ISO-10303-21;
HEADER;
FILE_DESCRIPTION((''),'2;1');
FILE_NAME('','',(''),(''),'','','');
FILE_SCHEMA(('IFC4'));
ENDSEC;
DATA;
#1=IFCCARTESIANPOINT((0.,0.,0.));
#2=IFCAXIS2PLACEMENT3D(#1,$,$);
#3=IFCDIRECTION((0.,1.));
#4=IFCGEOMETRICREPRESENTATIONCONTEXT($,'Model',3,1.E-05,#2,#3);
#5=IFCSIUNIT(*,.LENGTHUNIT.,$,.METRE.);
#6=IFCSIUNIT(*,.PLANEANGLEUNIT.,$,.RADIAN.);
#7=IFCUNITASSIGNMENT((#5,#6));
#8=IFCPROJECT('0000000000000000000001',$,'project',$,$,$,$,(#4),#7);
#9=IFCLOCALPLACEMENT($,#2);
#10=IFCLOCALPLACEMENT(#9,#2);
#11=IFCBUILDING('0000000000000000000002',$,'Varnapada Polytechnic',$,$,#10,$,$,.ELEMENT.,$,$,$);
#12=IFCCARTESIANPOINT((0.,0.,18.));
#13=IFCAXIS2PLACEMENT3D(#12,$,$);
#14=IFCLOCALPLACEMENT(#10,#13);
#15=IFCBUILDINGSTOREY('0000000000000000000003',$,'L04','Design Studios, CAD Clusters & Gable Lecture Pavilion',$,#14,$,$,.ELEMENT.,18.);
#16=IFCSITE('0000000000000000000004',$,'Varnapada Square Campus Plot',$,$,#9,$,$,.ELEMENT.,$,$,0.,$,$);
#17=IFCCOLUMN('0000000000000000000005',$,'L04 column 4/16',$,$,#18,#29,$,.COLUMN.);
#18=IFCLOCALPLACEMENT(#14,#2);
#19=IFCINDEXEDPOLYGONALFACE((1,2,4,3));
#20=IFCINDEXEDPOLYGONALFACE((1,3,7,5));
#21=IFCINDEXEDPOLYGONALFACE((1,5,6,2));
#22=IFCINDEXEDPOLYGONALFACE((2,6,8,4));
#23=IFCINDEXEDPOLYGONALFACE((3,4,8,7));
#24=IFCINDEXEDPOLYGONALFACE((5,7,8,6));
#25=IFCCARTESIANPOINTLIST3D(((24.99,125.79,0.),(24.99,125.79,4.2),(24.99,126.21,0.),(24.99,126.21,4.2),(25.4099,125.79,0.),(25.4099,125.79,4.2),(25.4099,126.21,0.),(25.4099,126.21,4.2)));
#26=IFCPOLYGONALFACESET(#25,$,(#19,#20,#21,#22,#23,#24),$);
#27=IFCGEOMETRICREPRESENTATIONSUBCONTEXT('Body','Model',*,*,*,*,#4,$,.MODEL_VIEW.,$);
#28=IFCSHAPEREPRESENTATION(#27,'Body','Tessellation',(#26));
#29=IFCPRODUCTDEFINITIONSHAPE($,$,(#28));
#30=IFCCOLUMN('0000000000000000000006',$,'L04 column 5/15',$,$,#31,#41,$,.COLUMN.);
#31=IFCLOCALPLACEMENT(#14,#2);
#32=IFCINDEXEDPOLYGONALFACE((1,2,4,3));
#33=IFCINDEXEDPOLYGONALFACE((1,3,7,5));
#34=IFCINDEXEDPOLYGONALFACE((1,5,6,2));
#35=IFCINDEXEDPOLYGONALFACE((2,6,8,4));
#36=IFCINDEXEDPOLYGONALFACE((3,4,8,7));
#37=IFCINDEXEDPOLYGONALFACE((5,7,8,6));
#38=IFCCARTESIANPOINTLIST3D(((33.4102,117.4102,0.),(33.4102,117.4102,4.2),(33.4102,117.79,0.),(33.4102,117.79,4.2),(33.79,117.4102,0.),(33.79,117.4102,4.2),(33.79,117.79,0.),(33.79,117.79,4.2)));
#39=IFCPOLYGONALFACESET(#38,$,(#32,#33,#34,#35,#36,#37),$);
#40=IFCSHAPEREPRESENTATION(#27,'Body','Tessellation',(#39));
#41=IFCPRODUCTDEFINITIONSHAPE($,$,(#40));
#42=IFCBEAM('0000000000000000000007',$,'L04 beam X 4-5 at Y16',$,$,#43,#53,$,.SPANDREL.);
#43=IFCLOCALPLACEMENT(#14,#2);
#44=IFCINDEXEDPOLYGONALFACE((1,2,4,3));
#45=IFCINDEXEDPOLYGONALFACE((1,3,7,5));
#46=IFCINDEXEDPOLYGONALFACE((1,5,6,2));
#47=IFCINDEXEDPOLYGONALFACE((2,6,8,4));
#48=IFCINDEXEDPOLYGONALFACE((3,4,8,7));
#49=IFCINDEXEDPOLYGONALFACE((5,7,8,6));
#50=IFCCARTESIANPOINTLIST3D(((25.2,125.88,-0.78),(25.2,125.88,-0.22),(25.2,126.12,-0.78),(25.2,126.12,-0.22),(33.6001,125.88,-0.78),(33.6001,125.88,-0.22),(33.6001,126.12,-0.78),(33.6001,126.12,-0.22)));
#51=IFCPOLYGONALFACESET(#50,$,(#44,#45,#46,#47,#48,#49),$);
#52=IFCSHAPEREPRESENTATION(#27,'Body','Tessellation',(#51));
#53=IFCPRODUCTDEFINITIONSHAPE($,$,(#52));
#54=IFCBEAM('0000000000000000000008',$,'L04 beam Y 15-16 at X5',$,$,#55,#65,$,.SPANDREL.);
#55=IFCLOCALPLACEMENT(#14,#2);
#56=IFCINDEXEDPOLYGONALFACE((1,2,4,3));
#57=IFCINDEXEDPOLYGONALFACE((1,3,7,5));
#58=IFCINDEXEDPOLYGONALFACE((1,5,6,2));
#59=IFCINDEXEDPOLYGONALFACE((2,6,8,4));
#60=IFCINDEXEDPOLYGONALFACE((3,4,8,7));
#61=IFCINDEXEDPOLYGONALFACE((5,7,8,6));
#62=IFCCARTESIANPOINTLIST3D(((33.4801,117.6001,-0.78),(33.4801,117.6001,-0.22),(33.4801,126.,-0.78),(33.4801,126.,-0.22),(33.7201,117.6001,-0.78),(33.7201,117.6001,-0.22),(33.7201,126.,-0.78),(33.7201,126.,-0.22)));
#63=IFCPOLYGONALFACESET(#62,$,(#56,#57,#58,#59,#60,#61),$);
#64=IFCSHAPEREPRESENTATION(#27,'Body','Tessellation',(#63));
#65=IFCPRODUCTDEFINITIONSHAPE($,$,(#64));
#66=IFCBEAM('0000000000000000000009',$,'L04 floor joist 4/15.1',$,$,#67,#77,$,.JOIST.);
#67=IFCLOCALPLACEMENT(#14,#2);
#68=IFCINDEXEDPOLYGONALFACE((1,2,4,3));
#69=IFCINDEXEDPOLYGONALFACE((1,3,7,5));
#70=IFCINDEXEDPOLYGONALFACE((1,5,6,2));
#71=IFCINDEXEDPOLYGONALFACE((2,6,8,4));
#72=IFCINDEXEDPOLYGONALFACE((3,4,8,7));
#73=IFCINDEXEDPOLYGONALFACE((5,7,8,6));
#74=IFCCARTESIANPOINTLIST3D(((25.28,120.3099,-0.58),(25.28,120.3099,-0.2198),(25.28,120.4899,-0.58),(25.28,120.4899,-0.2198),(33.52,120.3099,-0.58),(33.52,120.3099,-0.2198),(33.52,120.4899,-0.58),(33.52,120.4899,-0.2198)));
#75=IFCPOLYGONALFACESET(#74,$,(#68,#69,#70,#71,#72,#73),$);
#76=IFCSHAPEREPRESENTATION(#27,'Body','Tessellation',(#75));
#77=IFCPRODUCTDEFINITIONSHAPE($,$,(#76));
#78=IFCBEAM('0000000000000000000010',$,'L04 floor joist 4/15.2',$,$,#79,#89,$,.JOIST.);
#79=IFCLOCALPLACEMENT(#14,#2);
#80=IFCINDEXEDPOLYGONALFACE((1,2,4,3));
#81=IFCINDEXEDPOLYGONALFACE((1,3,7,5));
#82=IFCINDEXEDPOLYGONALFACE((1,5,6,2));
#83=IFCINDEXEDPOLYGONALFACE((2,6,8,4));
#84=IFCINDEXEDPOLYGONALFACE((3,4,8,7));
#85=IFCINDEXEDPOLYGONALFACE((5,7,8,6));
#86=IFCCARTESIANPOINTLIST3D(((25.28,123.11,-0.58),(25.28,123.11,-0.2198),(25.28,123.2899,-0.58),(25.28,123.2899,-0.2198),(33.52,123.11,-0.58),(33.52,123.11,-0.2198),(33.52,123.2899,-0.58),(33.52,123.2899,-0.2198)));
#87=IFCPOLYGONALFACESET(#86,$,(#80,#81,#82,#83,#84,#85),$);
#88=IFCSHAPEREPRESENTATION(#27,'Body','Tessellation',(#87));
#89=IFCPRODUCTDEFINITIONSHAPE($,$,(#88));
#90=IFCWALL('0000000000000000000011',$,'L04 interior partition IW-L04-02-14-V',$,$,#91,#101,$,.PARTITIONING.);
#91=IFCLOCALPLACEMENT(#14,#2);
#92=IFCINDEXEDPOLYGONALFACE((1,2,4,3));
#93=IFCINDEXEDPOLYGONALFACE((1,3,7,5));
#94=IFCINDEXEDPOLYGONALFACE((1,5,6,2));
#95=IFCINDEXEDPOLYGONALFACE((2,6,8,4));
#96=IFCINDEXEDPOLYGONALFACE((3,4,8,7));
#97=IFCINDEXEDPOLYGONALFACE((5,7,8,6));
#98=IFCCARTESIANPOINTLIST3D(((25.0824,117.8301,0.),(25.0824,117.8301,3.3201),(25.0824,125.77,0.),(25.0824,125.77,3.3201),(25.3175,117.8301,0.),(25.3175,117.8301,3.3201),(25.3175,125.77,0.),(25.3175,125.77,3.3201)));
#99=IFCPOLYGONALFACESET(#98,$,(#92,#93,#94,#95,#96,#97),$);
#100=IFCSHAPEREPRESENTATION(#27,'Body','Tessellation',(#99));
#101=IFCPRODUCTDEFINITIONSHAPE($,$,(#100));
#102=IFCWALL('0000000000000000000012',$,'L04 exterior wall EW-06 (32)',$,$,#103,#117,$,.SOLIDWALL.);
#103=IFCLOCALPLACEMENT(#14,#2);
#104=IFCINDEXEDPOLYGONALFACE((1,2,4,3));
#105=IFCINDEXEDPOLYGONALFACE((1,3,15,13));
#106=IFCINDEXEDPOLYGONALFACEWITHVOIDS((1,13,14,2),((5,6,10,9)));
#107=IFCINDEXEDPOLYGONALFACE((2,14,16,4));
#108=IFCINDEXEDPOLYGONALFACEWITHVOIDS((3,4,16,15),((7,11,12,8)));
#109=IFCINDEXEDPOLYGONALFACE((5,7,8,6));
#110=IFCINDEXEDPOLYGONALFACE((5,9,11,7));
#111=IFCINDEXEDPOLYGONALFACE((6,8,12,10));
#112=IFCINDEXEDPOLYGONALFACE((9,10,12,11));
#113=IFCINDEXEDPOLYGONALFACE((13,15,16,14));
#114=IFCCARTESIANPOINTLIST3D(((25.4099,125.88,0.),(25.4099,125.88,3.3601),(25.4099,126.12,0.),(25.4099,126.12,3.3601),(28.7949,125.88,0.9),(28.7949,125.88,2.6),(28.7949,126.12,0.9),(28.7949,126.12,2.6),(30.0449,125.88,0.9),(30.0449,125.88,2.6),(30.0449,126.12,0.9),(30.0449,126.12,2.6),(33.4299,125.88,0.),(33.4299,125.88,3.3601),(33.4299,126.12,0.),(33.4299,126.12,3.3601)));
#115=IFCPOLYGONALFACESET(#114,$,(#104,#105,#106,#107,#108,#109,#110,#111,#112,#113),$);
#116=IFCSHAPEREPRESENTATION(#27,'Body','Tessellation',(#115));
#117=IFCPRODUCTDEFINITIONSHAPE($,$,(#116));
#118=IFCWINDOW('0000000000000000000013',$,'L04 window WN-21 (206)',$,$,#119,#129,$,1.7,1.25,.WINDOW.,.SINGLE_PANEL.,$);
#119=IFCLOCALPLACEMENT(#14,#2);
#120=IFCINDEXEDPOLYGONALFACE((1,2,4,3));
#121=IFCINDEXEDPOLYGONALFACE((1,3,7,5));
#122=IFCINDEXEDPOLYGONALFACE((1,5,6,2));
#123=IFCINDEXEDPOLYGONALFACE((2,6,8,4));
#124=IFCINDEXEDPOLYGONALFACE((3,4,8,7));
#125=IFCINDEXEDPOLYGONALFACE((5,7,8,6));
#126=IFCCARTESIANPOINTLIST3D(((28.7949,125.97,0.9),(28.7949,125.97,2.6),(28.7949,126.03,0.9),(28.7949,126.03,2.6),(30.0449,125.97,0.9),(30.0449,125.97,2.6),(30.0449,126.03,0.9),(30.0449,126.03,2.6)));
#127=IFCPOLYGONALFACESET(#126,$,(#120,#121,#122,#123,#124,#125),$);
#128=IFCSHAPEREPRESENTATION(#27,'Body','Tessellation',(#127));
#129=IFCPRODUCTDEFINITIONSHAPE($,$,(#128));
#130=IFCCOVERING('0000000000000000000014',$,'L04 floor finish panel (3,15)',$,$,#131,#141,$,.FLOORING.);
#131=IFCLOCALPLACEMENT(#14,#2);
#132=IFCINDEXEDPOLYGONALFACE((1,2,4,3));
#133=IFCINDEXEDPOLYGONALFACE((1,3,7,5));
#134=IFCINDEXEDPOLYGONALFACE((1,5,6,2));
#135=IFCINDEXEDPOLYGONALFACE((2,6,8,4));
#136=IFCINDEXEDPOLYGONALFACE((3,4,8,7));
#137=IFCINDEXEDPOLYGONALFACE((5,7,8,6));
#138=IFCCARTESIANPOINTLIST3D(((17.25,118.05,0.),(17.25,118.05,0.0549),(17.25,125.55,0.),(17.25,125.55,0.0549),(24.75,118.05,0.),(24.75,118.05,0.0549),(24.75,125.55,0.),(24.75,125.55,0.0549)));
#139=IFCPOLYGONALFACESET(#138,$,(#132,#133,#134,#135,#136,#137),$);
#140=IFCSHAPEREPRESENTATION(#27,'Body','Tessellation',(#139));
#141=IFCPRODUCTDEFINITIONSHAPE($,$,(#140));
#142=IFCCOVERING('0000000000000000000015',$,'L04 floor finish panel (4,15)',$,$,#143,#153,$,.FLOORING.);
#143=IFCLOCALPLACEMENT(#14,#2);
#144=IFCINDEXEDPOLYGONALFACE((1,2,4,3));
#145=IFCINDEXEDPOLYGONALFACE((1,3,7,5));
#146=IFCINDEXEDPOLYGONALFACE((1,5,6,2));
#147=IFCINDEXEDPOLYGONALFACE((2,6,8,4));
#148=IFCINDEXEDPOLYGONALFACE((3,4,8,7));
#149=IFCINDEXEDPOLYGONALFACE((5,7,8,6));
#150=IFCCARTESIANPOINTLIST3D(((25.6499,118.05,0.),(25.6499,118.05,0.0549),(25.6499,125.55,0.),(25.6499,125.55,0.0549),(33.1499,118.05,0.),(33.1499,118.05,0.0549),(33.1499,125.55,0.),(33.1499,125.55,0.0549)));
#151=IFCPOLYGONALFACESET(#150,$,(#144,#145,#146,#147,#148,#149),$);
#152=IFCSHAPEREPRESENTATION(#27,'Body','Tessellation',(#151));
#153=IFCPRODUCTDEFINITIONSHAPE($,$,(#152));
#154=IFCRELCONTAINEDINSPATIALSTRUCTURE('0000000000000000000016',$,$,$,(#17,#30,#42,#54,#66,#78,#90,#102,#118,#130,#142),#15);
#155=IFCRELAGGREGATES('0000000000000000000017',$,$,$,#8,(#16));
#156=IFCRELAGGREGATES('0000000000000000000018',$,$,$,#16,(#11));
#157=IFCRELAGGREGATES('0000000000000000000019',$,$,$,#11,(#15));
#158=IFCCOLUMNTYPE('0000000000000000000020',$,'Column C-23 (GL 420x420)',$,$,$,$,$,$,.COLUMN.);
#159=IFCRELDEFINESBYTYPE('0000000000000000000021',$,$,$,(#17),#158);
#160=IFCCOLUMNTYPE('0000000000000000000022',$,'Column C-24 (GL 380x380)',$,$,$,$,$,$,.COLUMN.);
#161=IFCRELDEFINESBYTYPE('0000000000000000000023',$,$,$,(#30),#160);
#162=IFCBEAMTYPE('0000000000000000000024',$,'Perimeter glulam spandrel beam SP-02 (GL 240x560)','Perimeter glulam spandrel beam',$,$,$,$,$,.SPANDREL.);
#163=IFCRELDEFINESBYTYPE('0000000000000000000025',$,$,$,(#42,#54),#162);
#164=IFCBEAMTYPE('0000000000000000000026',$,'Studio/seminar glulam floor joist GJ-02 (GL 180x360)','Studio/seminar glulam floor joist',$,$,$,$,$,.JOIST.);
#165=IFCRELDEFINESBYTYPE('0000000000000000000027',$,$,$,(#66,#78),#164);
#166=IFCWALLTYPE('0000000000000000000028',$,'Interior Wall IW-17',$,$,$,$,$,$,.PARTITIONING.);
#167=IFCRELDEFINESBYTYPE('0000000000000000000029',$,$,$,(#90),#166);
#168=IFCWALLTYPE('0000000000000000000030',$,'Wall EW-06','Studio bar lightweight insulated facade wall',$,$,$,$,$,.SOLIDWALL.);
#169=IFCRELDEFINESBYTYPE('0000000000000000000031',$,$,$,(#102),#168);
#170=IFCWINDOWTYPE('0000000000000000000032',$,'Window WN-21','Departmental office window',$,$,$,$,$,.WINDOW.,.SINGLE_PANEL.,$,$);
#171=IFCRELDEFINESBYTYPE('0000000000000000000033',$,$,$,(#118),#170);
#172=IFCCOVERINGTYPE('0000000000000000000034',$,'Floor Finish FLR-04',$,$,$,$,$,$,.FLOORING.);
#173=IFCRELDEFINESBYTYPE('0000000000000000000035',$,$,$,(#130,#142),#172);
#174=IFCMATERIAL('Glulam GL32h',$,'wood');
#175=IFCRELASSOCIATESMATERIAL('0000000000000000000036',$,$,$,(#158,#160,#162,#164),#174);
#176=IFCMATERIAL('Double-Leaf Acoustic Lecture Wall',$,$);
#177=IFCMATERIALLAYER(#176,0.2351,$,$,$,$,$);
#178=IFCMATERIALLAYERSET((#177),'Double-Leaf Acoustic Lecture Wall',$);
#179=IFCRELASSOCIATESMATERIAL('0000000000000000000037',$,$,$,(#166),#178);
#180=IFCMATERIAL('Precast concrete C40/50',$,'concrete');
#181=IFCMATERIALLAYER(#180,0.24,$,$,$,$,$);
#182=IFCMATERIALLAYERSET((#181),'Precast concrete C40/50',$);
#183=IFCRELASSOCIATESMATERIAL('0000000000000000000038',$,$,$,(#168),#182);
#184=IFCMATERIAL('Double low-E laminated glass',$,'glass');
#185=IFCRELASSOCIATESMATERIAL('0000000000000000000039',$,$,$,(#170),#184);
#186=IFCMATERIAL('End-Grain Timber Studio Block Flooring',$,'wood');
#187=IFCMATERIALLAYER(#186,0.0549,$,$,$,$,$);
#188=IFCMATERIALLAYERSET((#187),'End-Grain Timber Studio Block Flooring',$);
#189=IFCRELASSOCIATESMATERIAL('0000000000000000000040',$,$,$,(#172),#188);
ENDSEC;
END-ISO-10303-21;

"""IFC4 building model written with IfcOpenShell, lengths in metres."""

from ifc_helpers import new_model, si_unit, direction, frame, frame_2d, origin, origin_2d, place, context, subcontext, project, spatial, rectangle, extrude, material, layer, layer_set, material_profile, profile_set, type_object, element, fill, save


model = new_model("IFC4")

# Units and contexts
model_context = context("Model", 3, precision=1e-05, world=origin(), true_north=direction((0.0, 1.0)))
body_context = subcontext(model_context, "Body", "Model", "MODEL_VIEW")
ifc_project = project(units=[si_unit("LENGTHUNIT", "METRE"), si_unit("PLANEANGLEUNIT", "RADIAN")], contexts=[model_context])

# Site, building, storey
site_placement = place(None, origin())
site = spatial("IfcSite", under=ifc_project, at=site_placement, Name="Varnapada Square Campus Plot", CompositionType="ELEMENT", RefElevation=0.0)
building_placement = place(site_placement, origin())
building = spatial("IfcBuilding", under=site, at=building_placement, Name="Varnapada Polytechnic", CompositionType="ELEMENT")
storey_placement = place(building_placement, frame((0.0, 0.0, 18.0)))
storey = spatial("IfcBuildingStorey", under=building, at=storey_placement, Name="L04", Description="Design Studios, CAD Clusters & Gable Lecture Pavilion", CompositionType="ELEMENT", Elevation=18.0)

# Columns
ifc_material_1 = material(Name="Glulam GL32h", Category="wood")
ifc_material_profile_1 = material_profile(ifc_material_1, rectangle(XDim=0.4199, YDim=0.4199, at=origin_2d()), Name="GL 420x420")
ifc_profile_set_1 = profile_set([ifc_material_profile_1], Name="Glulam GL32h")
column_type_1 = type_object("IfcColumnType", Name="Column C-23 (GL 420x420)", PredefinedType="COLUMN", material=ifc_profile_set_1)
column_1_placement = place(storey_placement, frame((25.2, 126.0, 0.0), z_axis=(0.0, 0.0, 1.0), x_axis=(1.0, 0.0, 0.0)))
element("IfcColumn", 1, at=column_1_placement, inside=storey, type_object=column_type_1, Name="L04 column 4/16", PredefinedType="COLUMN", context=body_context, shape_type="SweptSolid", body=[
    extrude(rectangle(XDim=0.4199, YDim=0.4199, at=origin_2d()), origin(), (0.0, 0.0, 1.0), 4.2),
])
ifc_material_profile_2 = material_profile(ifc_material_1, rectangle(XDim=0.3799, YDim=0.3799, at=origin_2d()), Name="GL 380x380")
ifc_profile_set_2 = profile_set([ifc_material_profile_2], Name="Glulam GL32h")
column_type_2 = type_object("IfcColumnType", Name="Column C-24 (GL 380x380)", PredefinedType="COLUMN", material=ifc_profile_set_2)
column_2_placement = place(storey_placement, frame((33.6001, 117.6001, 0.0), z_axis=(0.0, 0.0, 1.0), x_axis=(1.0, 0.0, 0.0)))
element("IfcColumn", 2, at=column_2_placement, inside=storey, type_object=column_type_2, Name="L04 column 5/15", PredefinedType="COLUMN", context=body_context, shape_type="SweptSolid", body=[
    extrude(rectangle(XDim=0.3799, YDim=0.3799, at=origin_2d()), origin(), (0.0, 0.0, 1.0), 4.2),
])

# Beams
ifc_material_profile_3 = material_profile(ifc_material_1, rectangle(XDim=0.24, YDim=0.5601, at=origin_2d()), Name="GL 240x560")
ifc_profile_set_3 = profile_set([ifc_material_profile_3], Name="Glulam GL32h")
beam_type_1 = type_object("IfcBeamType", Name="Perimeter glulam spandrel beam SP-02 (GL 240x560)", Description="Perimeter glulam spandrel beam", PredefinedType="SPANDREL", material=ifc_profile_set_3)
beam_1_placement = place(storey_placement, frame((25.2, 126.0, -0.5), z_axis=(1.0, 0.0, 0.0), x_axis=(0.0, 1.0, 0.0)))
element("IfcBeam", 3, at=beam_1_placement, inside=storey, type_object=beam_type_1, Name="L04 beam X 4-5 at Y16", PredefinedType="SPANDREL", context=body_context, shape_type="SweptSolid", body=[
    extrude(rectangle(XDim=0.24, YDim=0.5601, at=origin_2d()), origin(), (0.0, 0.0, 1.0), 8.4001),
])
beam_2_placement = place(storey_placement, frame((33.6001, 117.6001, -0.5), z_axis=(0.0, 1.0, 0.0), x_axis=(-1.0, 0.0, 0.0)))
element("IfcBeam", 4, at=beam_2_placement, inside=storey, type_object=beam_type_1, Name="L04 beam Y 15-16 at X5", PredefinedType="SPANDREL", context=body_context, shape_type="SweptSolid", body=[
    extrude(rectangle(XDim=0.24, YDim=0.5601, at=origin_2d()), origin(), (0.0, 0.0, 1.0), 8.3999),
])
ifc_material_profile_4 = material_profile(ifc_material_1, rectangle(XDim=0.1799, YDim=0.3601, at=origin_2d()), Name="GL 180x360")
ifc_profile_set_4 = profile_set([ifc_material_profile_4], Name="Glulam GL32h")
beam_type_2 = type_object("IfcBeamType", Name="Studio/seminar glulam floor joist GJ-02 (GL 180x360)", Description="Studio/seminar glulam floor joist", PredefinedType="JOIST", material=ifc_profile_set_4)
for number, where, z_axis, x_axis, name in (
    (5, (25.28, 120.3999, -0.3999), (1.0, 0.0, 0.0), (0.0, 1.0, 0.0), "L04 floor joist 4/15.1"),
    (6, (25.28, 123.2, -0.3999), (1.0, 0.0, 0.0), (0.0, 1.0, 0.0), "L04 floor joist 4/15.2"),
):
    element("IfcBeam", number, at=place(storey_placement, frame(where, z_axis=z_axis, x_axis=x_axis)), inside=storey, type_object=beam_type_2, Name=name, PredefinedType="JOIST", context=body_context, shape_type="SweptSolid", body=[
        extrude(rectangle(XDim=0.1799, YDim=0.3601, at=origin_2d()), origin(), (0.0, 0.0, 1.0), 8.24),
    ])

# Wall
ifc_material_2 = material(Name="Double-Leaf Acoustic Lecture Wall")
ifc_layer_1 = layer(ifc_material_2, 0.2351)
ifc_layer_set_1 = layer_set([ifc_layer_1], Name="Double-Leaf Acoustic Lecture Wall")
wall_type_1 = type_object("IfcWallType", Name="Interior Wall IW-17", PredefinedType="PARTITIONING", material=ifc_layer_set_1)
wall_1_placement = place(storey_placement, frame((25.2, 117.8301, 0.0), z_axis=(0.0, 0.0, 1.0), x_axis=(0.0, 1.0, 0.0)))
element("IfcWall", 7, at=wall_1_placement, inside=storey, type_object=wall_type_1, Name="L04 interior partition IW-L04-02-14-V", PredefinedType="PARTITIONING", context=body_context, shape_type="SweptSolid", body=[
    extrude(rectangle(XDim=7.9399, YDim=0.2351, at=frame_2d((3.97, 0.0))), origin(), (0.0, 0.0, 1.0), 3.3201),
])

# Wall, opening, window
ifc_material_3 = material(Name="Precast concrete C40/50", Category="concrete")
ifc_layer_2 = layer(ifc_material_3, 0.24)
ifc_layer_set_2 = layer_set([ifc_layer_2], Name="Precast concrete C40/50")
wall_type_2 = type_object("IfcWallType", Name="Wall EW-06", Description="Studio bar lightweight insulated facade wall", PredefinedType="SOLIDWALL", material=ifc_layer_set_2)
wall_2_placement = place(storey_placement, frame((25.4099, 126.0, 0.0), z_axis=(0.0, 0.0, 1.0), x_axis=(1.0, 0.0, 0.0)))
wall_2 = element("IfcWall", 8, at=wall_2_placement, inside=storey, type_object=wall_type_2, Name="L04 exterior wall EW-06 (32)", PredefinedType="SOLIDWALL", context=body_context, shape_type="SweptSolid", body=[
    extrude(rectangle(XDim=8.02, YDim=0.24, at=frame_2d((4.01, 0.0))), origin(), (0.0, 0.0, 1.0), 3.3601),
])
opening_1_placement = place(wall_2_placement, frame((3.385, 0.0, 0.8999)))
opening_1 = element("IfcOpeningElement", 9, at=opening_1_placement, cuts=wall_2, PredefinedType="OPENING", context=body_context, shape_type="SweptSolid", body=[
    extrude(rectangle(XDim=1.25, YDim=1.7, at=frame_2d((0.625, 0.8501))), frame((0.0, 0.1299, 0.0), z_axis=(0.0, -1.0, 0.0), x_axis=(1.0, 0.0, 0.0)), (0.0, 0.0, 1.0), 0.26),
])
ifc_material_4 = material(Name="Double low-E laminated glass", Category="glass")
window_type = type_object("IfcWindowType", Name="Window WN-21", Description="Departmental office window", PartitioningType="SINGLE_PANEL", PredefinedType="WINDOW", material=ifc_material_4)
window_placement = place(opening_1_placement, origin())
window = element("IfcWindow", 10, at=window_placement, inside=storey, type_object=window_type, Name="L04 window WN-21 (206)", OverallHeight=1.7, OverallWidth=1.25, PartitioningType="SINGLE_PANEL", PredefinedType="WINDOW", context=body_context, shape_type="SweptSolid", body=[
    extrude(rectangle(XDim=1.25, YDim=1.7, at=frame_2d((0.625, 0.8501))), frame((0.0, 0.03, 0.0), z_axis=(0.0, -1.0, 0.0), x_axis=(1.0, 0.0, 0.0)), (0.0, 0.0, 1.0), 0.0601),
])
fill(opening_1, window)

# Coverings
ifc_material_5 = material(Name="End-Grain Timber Studio Block Flooring", Category="wood")
ifc_layer_3 = layer(ifc_material_5, 0.0549)
ifc_layer_set_3 = layer_set([ifc_layer_3], Name="End-Grain Timber Studio Block Flooring")
covering_type_1 = type_object("IfcCoveringType", Name="Floor Finish FLR-04", PredefinedType="FLOORING", material=ifc_layer_set_3)
for number, where, z_axis, x_axis, name in (
    (11, (21.0, 121.8, 0.0), (0.0, 0.0, 1.0), (1.0, 0.0, 0.0), "L04 floor finish panel (3,15)"),
    (12, (29.3999, 121.8, 0.0), (0.0, 0.0, 1.0), (1.0, 0.0, 0.0), "L04 floor finish panel (4,15)"),
):
    element("IfcCovering", number, at=place(storey_placement, frame(where, z_axis=z_axis, x_axis=x_axis)), inside=storey, type_object=covering_type_1, Name=name, PredefinedType="FLOORING", context=body_context, shape_type="SweptSolid", body=[
        extrude(rectangle(XDim=7.5, YDim=7.5, at=origin_2d()), origin(), (0.0, 0.0, 1.0), 0.0549),
    ])

save(model, "model.ifc")
